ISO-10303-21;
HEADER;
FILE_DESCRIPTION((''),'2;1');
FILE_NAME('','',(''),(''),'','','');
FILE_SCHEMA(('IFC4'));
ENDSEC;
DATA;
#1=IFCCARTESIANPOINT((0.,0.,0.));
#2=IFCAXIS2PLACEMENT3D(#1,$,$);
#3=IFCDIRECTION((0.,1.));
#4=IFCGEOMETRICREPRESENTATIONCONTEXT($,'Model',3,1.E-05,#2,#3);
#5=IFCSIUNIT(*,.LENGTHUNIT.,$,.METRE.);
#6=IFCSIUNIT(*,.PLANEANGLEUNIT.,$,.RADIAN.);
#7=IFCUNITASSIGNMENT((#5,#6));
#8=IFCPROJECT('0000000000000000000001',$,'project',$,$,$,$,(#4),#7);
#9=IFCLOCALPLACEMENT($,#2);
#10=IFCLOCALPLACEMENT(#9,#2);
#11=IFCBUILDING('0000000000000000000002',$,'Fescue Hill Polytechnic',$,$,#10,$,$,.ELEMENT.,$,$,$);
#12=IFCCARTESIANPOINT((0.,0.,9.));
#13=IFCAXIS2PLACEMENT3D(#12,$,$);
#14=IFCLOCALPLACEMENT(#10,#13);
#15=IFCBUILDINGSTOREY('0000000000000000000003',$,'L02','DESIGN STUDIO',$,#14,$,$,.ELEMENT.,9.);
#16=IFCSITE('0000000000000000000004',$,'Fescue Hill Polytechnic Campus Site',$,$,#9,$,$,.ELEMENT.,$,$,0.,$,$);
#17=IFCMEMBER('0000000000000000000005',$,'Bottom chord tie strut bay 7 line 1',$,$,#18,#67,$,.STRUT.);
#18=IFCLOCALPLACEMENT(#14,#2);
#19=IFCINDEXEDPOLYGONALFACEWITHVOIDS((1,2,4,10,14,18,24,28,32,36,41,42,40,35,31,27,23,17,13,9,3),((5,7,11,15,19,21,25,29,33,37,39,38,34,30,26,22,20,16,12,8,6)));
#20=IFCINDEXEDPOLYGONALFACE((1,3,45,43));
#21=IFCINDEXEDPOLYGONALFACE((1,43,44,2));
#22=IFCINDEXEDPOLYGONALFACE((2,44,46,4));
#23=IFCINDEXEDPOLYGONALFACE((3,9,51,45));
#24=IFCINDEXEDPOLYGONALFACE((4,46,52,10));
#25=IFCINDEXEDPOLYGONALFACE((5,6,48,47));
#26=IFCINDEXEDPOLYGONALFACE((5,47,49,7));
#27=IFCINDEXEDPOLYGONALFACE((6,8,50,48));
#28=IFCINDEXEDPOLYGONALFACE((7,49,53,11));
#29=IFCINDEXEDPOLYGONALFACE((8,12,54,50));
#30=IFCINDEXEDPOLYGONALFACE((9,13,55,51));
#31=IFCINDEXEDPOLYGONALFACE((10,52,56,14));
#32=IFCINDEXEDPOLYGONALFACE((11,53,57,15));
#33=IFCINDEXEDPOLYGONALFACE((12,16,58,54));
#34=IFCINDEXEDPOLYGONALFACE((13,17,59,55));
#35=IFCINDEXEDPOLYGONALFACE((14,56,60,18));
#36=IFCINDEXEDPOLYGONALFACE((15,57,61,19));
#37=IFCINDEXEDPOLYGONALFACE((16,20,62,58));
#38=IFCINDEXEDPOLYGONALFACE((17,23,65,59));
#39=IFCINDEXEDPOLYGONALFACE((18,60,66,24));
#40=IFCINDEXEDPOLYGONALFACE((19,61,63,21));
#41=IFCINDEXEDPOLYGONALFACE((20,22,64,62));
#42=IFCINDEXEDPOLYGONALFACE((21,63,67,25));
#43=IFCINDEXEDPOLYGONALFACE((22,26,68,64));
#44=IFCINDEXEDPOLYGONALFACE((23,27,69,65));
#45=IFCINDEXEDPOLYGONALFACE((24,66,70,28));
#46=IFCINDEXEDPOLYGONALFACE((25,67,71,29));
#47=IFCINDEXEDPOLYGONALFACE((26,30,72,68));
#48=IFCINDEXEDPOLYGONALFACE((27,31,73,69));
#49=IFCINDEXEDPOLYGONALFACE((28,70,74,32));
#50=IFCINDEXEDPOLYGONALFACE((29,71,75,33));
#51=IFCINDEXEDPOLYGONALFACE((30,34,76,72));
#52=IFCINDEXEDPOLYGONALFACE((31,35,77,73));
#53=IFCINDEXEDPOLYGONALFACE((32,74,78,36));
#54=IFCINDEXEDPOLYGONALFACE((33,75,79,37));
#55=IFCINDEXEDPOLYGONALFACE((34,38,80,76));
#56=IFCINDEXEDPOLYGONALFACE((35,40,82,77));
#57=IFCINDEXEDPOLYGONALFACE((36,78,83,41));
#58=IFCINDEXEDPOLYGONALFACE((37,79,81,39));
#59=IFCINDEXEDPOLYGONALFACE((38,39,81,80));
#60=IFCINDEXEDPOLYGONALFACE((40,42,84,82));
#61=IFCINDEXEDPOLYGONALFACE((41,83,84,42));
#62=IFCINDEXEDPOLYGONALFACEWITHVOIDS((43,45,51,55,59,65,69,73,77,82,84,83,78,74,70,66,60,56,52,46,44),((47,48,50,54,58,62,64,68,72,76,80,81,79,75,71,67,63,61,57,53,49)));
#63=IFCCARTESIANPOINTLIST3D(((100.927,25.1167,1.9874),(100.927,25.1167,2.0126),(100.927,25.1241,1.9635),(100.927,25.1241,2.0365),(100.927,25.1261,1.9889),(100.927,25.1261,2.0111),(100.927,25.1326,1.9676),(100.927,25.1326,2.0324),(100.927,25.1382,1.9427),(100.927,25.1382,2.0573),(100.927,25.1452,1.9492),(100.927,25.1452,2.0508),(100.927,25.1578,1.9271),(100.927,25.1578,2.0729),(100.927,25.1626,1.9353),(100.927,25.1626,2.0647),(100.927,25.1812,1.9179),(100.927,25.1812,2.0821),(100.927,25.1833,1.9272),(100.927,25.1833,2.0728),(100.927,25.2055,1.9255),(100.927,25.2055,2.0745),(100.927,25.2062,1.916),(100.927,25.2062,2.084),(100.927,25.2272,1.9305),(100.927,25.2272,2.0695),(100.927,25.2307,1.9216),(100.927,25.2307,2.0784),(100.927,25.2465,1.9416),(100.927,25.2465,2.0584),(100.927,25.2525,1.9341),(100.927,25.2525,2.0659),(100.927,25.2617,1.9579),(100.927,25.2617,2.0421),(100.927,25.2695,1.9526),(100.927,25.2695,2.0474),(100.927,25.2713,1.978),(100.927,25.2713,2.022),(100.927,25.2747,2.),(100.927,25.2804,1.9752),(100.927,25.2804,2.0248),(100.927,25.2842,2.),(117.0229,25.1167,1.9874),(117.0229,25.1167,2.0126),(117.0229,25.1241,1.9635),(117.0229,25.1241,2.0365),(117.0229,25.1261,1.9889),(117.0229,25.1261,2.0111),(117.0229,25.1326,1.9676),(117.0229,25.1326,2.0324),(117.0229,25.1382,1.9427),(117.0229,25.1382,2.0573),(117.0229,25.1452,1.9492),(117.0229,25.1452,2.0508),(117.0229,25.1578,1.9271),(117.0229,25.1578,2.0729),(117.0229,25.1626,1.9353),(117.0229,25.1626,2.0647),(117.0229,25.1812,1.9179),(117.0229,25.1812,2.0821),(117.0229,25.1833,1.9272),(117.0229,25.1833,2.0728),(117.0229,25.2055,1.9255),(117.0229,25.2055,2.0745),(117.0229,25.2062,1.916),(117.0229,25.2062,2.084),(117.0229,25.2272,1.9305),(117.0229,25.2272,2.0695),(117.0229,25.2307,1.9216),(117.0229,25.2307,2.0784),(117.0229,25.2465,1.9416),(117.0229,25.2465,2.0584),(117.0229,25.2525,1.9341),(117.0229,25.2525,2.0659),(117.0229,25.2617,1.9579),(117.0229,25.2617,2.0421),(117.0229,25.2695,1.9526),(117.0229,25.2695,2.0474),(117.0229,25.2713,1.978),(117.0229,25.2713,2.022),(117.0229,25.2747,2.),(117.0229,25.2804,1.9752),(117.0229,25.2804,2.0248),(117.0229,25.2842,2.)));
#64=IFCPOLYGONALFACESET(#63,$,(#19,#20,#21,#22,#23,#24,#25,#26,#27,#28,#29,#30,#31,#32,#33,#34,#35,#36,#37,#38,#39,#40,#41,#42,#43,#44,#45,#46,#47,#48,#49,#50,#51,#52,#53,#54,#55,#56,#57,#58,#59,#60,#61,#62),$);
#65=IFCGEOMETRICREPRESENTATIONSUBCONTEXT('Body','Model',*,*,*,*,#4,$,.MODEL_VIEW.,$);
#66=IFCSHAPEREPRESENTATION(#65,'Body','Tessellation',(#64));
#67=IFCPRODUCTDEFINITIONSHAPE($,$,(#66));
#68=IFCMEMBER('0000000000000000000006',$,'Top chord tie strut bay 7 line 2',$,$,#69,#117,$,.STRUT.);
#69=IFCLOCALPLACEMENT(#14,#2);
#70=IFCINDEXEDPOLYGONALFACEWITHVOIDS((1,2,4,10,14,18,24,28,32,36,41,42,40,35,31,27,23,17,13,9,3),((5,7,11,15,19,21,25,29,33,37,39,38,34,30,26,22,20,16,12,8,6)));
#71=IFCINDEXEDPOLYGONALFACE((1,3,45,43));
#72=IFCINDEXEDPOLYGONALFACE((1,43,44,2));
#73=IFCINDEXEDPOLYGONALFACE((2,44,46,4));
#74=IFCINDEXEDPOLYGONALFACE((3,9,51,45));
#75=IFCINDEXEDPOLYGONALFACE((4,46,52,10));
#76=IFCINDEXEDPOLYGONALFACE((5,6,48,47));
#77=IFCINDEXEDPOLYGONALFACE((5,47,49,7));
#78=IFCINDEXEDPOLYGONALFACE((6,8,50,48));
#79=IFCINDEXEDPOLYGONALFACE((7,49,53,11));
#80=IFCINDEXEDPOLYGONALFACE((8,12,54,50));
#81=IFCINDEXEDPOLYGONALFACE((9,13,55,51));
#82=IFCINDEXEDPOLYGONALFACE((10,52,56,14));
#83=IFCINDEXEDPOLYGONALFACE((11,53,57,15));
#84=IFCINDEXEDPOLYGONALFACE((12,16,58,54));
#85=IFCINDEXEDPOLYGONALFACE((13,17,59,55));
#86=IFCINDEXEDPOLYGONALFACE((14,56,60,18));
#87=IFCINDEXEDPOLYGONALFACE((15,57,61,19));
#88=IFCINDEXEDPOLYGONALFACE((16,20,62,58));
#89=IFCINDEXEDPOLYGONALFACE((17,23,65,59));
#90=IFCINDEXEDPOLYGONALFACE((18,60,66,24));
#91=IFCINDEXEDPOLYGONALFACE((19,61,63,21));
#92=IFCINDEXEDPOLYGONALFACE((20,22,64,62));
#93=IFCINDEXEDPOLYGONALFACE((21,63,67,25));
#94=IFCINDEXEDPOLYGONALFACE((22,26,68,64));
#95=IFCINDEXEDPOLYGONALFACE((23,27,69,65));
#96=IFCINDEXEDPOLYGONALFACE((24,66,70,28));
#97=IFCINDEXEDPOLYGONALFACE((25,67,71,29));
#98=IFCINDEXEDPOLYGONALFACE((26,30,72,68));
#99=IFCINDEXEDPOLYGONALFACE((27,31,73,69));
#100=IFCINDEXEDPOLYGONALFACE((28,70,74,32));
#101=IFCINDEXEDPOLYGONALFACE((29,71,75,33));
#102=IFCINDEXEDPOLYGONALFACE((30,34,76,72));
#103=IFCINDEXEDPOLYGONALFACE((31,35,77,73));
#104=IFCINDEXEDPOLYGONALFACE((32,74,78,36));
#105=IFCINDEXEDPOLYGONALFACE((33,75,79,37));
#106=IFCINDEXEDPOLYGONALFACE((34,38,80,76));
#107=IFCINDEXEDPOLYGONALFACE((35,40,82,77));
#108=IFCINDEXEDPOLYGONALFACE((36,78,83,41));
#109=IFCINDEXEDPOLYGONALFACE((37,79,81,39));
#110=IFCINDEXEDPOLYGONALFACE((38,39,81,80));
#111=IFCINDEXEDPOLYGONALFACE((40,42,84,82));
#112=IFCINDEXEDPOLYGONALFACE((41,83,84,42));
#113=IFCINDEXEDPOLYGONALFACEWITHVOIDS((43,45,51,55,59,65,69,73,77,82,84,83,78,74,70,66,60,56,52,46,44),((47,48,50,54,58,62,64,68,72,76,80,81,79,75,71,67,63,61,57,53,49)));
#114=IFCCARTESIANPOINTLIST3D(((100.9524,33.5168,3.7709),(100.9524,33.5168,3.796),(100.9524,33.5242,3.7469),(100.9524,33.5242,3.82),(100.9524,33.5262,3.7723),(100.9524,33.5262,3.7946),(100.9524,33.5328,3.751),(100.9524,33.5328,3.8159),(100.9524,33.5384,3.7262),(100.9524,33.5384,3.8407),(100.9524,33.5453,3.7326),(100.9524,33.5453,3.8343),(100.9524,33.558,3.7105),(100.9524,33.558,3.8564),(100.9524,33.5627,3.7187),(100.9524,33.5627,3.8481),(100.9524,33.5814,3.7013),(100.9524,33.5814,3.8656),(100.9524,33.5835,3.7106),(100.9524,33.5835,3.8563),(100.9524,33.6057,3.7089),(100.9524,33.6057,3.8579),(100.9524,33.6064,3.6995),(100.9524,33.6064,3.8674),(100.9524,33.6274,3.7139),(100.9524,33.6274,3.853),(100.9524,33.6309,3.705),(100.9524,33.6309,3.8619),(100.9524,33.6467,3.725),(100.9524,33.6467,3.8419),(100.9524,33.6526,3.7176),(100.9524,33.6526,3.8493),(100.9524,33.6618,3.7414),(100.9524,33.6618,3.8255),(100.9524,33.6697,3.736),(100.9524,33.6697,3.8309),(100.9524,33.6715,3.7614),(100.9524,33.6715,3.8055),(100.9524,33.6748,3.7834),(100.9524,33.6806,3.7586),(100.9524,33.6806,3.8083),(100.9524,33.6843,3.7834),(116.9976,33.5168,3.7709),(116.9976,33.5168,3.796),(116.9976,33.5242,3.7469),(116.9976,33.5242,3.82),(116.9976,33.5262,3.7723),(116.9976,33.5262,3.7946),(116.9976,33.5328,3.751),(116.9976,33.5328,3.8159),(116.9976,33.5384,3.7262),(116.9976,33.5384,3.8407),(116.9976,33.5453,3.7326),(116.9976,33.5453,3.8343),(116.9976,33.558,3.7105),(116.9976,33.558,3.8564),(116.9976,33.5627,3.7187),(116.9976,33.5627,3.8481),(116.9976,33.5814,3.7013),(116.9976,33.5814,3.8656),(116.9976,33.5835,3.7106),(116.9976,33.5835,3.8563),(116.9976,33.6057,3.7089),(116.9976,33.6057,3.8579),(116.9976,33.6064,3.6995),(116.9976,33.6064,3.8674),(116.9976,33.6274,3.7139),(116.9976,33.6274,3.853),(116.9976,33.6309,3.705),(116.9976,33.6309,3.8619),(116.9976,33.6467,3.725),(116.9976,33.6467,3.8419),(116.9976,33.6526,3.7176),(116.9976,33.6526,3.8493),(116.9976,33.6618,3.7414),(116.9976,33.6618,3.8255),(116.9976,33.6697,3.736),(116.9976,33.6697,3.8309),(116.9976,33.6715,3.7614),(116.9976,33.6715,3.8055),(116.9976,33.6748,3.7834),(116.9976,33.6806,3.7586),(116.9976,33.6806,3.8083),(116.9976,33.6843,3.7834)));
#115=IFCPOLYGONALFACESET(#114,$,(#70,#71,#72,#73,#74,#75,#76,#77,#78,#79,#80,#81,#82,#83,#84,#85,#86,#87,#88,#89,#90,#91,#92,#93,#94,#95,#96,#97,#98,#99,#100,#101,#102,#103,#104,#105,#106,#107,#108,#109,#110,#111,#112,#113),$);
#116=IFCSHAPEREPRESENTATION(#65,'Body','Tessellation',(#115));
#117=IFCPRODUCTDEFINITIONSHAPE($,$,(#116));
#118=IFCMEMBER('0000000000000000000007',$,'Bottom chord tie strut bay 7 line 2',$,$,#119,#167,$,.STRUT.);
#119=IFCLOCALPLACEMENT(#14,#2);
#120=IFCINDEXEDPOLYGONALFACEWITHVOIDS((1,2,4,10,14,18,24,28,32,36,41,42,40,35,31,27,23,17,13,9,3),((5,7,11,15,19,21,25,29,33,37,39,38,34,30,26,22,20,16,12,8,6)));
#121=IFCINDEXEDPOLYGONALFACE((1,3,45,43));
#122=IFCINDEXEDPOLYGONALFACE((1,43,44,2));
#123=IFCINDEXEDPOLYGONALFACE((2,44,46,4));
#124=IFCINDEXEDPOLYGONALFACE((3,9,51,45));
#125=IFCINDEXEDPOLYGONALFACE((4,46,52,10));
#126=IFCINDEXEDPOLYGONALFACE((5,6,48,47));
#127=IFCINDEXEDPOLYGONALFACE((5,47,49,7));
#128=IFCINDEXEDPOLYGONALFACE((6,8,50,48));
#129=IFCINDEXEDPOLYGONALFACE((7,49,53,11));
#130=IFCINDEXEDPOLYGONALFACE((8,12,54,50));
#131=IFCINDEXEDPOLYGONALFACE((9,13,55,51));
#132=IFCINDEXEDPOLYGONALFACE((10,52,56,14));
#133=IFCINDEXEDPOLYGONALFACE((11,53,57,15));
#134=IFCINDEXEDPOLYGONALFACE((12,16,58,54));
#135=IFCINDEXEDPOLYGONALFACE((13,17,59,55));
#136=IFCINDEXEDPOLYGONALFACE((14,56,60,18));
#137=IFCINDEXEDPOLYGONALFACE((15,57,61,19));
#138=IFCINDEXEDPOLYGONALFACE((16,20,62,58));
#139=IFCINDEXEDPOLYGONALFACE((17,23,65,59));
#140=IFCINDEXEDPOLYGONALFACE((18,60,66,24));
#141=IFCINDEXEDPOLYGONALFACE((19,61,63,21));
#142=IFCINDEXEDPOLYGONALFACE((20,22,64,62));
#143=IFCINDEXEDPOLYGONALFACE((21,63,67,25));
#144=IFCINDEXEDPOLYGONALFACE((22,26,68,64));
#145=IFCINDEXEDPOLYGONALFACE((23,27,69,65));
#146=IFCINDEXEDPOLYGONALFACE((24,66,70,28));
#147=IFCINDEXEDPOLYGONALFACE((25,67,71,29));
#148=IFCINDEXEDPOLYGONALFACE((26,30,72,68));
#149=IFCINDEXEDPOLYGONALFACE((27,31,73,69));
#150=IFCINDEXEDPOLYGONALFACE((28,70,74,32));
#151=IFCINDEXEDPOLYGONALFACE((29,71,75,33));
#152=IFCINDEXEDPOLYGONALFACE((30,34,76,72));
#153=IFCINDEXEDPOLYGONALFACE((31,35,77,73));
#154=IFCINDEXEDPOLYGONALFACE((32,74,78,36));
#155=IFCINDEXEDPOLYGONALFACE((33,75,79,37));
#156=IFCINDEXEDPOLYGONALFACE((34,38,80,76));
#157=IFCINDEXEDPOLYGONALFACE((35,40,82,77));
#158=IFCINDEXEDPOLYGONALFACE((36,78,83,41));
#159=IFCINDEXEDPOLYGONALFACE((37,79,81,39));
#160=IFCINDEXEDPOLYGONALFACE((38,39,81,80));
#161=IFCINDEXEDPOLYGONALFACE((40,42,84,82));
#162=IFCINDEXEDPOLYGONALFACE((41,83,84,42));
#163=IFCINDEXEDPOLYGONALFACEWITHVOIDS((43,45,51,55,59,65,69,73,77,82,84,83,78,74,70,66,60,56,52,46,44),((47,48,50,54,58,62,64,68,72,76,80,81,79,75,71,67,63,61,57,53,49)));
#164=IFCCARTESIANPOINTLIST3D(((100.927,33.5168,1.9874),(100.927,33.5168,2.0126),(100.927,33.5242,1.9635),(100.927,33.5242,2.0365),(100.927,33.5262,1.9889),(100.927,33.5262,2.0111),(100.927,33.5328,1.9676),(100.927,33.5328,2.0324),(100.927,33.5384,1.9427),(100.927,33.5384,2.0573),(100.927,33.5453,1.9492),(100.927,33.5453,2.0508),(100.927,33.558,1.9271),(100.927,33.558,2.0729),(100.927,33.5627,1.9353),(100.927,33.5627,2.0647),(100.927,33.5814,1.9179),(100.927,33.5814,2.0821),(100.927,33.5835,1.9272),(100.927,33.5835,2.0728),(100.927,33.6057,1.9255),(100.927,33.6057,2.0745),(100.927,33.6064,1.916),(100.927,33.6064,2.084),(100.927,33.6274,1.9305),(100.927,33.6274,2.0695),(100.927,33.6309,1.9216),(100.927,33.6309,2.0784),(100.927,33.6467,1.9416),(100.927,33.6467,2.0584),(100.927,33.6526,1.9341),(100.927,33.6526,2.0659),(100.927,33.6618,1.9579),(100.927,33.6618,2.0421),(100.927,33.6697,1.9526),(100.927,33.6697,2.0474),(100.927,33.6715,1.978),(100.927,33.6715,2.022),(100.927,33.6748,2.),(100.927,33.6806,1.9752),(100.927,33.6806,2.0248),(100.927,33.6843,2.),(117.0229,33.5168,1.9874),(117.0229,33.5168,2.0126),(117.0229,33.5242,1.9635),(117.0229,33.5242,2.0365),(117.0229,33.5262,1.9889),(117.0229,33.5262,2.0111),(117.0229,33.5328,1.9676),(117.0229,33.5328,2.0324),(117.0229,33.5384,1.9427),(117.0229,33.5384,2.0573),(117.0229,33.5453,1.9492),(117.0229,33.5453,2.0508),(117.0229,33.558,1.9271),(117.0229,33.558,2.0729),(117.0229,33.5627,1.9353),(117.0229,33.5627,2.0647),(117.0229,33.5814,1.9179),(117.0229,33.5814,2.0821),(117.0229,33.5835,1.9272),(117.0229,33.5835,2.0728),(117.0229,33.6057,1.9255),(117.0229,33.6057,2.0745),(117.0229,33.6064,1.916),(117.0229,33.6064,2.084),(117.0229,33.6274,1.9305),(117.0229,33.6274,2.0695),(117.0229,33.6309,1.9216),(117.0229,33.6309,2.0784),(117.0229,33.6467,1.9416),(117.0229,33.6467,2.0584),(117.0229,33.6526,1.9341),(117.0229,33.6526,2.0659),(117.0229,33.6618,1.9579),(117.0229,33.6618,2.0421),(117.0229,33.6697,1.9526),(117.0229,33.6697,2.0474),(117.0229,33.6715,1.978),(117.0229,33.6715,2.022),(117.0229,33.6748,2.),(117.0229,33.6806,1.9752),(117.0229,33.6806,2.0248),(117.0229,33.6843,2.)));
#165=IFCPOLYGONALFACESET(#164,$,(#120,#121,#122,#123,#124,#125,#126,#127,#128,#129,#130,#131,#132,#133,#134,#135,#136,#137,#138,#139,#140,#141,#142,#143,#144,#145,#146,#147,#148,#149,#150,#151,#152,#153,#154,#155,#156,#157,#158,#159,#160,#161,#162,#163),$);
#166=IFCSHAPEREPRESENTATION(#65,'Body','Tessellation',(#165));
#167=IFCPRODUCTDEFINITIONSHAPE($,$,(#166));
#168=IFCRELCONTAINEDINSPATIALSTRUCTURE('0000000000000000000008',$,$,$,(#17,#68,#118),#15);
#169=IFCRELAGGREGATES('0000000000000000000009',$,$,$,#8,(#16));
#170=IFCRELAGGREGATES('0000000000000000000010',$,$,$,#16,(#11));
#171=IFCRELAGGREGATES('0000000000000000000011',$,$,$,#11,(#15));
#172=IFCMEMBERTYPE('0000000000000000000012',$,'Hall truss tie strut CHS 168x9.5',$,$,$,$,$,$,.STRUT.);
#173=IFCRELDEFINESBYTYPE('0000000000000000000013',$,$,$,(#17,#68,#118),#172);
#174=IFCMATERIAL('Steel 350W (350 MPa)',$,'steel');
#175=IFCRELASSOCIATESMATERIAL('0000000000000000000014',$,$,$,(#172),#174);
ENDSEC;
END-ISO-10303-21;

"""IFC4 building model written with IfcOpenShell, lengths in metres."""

from ifc_helpers import new_model, si_unit, direction, frame, origin, origin_2d, place, context, subcontext, project, spatial, hollow_circle, extrude, material, material_profile, profile_set, type_object, element, save


model = new_model("IFC4")

# Units and contexts
model_context = context("Model", 3, precision=1e-05, world=origin(), true_north=direction((0.0, 1.0)))
body_context = subcontext(model_context, "Body", "Model", "MODEL_VIEW")
ifc_project = project(units=[si_unit("LENGTHUNIT", "METRE"), si_unit("PLANEANGLEUNIT", "RADIAN")], contexts=[model_context])

# Site, building, storey
site_placement = place(None, origin())
site = spatial("IfcSite", under=ifc_project, at=site_placement, Name="Fescue Hill Polytechnic Campus Site", CompositionType="ELEMENT", RefElevation=0.0)
building_placement = place(site_placement, origin())
building = spatial("IfcBuilding", under=site, at=building_placement, Name="Fescue Hill Polytechnic", CompositionType="ELEMENT")
storey_placement = place(building_placement, frame((0.0, 0.0, 9.0)))
storey = spatial("IfcBuildingStorey", under=building, at=storey_placement, Name="L02", Description="DESIGN STUDIO", CompositionType="ELEMENT", Elevation=9.0)

# Members
ifc_material = material(Name="Steel 350W (350 MPa)", Category="steel")
ifc_material_profile_1 = material_profile(ifc_material, hollow_circle(Radius=0.0842, WallThickness=0.0095, at=origin_2d()), Name="Hall truss tie strut CHS 168x9.5")
ifc_profile_set_1 = profile_set([ifc_material_profile_1], Name="Steel 350W (350 MPa)")
member_type_1 = type_object("IfcMemberType", Name="Hall truss tie strut CHS 168x9.5", PredefinedType="STRUT", material=ifc_profile_set_1)
member_1_placement = place(storey_placement, frame((100.927, 25.2, 2.0), z_axis=(1.0, 0.0, 0.0), x_axis=(0.0, 1.0, 0.0)))
element("IfcMember", 1, at=member_1_placement, inside=storey, type_object=member_type_1, Name="Bottom chord tie strut bay 7 line 1", PredefinedType="STRUT", context=body_context, shape_type="SweptSolid", body=[
    extrude(hollow_circle(Radius=0.0842, WallThickness=0.0095, at=origin_2d()), origin(), (0.0, 0.0, 1.0), 16.0959),
])
member_2_placement = place(storey_placement, frame((100.9524, 33.6001, 3.7834), z_axis=(1.0, 0.0, 0.0), x_axis=(0.0, 1.0, 0.0)))
element("IfcMember", 2, at=member_2_placement, inside=storey, type_object=member_type_1, Name="Top chord tie strut bay 7 line 2", PredefinedType="STRUT", context=body_context, shape_type="SweptSolid", body=[
    extrude(hollow_circle(Radius=0.0842, WallThickness=0.0095, at=origin_2d()), origin(), (0.0, 0.0, 1.0), 16.0452),
])
member_3_placement = place(storey_placement, frame((100.927, 33.6001, 2.0), z_axis=(1.0, 0.0, 0.0), x_axis=(0.0, 1.0, 0.0)))
element("IfcMember", 3, at=member_3_placement, inside=storey, type_object=member_type_1, Name="Bottom chord tie strut bay 7 line 2", PredefinedType="STRUT", context=body_context, shape_type="SweptSolid", body=[
    extrude(hollow_circle(Radius=0.0842, WallThickness=0.0095, at=origin_2d()), origin(), (0.0, 0.0, 1.0), 16.0959),
])

save(model, "model.ifc")
